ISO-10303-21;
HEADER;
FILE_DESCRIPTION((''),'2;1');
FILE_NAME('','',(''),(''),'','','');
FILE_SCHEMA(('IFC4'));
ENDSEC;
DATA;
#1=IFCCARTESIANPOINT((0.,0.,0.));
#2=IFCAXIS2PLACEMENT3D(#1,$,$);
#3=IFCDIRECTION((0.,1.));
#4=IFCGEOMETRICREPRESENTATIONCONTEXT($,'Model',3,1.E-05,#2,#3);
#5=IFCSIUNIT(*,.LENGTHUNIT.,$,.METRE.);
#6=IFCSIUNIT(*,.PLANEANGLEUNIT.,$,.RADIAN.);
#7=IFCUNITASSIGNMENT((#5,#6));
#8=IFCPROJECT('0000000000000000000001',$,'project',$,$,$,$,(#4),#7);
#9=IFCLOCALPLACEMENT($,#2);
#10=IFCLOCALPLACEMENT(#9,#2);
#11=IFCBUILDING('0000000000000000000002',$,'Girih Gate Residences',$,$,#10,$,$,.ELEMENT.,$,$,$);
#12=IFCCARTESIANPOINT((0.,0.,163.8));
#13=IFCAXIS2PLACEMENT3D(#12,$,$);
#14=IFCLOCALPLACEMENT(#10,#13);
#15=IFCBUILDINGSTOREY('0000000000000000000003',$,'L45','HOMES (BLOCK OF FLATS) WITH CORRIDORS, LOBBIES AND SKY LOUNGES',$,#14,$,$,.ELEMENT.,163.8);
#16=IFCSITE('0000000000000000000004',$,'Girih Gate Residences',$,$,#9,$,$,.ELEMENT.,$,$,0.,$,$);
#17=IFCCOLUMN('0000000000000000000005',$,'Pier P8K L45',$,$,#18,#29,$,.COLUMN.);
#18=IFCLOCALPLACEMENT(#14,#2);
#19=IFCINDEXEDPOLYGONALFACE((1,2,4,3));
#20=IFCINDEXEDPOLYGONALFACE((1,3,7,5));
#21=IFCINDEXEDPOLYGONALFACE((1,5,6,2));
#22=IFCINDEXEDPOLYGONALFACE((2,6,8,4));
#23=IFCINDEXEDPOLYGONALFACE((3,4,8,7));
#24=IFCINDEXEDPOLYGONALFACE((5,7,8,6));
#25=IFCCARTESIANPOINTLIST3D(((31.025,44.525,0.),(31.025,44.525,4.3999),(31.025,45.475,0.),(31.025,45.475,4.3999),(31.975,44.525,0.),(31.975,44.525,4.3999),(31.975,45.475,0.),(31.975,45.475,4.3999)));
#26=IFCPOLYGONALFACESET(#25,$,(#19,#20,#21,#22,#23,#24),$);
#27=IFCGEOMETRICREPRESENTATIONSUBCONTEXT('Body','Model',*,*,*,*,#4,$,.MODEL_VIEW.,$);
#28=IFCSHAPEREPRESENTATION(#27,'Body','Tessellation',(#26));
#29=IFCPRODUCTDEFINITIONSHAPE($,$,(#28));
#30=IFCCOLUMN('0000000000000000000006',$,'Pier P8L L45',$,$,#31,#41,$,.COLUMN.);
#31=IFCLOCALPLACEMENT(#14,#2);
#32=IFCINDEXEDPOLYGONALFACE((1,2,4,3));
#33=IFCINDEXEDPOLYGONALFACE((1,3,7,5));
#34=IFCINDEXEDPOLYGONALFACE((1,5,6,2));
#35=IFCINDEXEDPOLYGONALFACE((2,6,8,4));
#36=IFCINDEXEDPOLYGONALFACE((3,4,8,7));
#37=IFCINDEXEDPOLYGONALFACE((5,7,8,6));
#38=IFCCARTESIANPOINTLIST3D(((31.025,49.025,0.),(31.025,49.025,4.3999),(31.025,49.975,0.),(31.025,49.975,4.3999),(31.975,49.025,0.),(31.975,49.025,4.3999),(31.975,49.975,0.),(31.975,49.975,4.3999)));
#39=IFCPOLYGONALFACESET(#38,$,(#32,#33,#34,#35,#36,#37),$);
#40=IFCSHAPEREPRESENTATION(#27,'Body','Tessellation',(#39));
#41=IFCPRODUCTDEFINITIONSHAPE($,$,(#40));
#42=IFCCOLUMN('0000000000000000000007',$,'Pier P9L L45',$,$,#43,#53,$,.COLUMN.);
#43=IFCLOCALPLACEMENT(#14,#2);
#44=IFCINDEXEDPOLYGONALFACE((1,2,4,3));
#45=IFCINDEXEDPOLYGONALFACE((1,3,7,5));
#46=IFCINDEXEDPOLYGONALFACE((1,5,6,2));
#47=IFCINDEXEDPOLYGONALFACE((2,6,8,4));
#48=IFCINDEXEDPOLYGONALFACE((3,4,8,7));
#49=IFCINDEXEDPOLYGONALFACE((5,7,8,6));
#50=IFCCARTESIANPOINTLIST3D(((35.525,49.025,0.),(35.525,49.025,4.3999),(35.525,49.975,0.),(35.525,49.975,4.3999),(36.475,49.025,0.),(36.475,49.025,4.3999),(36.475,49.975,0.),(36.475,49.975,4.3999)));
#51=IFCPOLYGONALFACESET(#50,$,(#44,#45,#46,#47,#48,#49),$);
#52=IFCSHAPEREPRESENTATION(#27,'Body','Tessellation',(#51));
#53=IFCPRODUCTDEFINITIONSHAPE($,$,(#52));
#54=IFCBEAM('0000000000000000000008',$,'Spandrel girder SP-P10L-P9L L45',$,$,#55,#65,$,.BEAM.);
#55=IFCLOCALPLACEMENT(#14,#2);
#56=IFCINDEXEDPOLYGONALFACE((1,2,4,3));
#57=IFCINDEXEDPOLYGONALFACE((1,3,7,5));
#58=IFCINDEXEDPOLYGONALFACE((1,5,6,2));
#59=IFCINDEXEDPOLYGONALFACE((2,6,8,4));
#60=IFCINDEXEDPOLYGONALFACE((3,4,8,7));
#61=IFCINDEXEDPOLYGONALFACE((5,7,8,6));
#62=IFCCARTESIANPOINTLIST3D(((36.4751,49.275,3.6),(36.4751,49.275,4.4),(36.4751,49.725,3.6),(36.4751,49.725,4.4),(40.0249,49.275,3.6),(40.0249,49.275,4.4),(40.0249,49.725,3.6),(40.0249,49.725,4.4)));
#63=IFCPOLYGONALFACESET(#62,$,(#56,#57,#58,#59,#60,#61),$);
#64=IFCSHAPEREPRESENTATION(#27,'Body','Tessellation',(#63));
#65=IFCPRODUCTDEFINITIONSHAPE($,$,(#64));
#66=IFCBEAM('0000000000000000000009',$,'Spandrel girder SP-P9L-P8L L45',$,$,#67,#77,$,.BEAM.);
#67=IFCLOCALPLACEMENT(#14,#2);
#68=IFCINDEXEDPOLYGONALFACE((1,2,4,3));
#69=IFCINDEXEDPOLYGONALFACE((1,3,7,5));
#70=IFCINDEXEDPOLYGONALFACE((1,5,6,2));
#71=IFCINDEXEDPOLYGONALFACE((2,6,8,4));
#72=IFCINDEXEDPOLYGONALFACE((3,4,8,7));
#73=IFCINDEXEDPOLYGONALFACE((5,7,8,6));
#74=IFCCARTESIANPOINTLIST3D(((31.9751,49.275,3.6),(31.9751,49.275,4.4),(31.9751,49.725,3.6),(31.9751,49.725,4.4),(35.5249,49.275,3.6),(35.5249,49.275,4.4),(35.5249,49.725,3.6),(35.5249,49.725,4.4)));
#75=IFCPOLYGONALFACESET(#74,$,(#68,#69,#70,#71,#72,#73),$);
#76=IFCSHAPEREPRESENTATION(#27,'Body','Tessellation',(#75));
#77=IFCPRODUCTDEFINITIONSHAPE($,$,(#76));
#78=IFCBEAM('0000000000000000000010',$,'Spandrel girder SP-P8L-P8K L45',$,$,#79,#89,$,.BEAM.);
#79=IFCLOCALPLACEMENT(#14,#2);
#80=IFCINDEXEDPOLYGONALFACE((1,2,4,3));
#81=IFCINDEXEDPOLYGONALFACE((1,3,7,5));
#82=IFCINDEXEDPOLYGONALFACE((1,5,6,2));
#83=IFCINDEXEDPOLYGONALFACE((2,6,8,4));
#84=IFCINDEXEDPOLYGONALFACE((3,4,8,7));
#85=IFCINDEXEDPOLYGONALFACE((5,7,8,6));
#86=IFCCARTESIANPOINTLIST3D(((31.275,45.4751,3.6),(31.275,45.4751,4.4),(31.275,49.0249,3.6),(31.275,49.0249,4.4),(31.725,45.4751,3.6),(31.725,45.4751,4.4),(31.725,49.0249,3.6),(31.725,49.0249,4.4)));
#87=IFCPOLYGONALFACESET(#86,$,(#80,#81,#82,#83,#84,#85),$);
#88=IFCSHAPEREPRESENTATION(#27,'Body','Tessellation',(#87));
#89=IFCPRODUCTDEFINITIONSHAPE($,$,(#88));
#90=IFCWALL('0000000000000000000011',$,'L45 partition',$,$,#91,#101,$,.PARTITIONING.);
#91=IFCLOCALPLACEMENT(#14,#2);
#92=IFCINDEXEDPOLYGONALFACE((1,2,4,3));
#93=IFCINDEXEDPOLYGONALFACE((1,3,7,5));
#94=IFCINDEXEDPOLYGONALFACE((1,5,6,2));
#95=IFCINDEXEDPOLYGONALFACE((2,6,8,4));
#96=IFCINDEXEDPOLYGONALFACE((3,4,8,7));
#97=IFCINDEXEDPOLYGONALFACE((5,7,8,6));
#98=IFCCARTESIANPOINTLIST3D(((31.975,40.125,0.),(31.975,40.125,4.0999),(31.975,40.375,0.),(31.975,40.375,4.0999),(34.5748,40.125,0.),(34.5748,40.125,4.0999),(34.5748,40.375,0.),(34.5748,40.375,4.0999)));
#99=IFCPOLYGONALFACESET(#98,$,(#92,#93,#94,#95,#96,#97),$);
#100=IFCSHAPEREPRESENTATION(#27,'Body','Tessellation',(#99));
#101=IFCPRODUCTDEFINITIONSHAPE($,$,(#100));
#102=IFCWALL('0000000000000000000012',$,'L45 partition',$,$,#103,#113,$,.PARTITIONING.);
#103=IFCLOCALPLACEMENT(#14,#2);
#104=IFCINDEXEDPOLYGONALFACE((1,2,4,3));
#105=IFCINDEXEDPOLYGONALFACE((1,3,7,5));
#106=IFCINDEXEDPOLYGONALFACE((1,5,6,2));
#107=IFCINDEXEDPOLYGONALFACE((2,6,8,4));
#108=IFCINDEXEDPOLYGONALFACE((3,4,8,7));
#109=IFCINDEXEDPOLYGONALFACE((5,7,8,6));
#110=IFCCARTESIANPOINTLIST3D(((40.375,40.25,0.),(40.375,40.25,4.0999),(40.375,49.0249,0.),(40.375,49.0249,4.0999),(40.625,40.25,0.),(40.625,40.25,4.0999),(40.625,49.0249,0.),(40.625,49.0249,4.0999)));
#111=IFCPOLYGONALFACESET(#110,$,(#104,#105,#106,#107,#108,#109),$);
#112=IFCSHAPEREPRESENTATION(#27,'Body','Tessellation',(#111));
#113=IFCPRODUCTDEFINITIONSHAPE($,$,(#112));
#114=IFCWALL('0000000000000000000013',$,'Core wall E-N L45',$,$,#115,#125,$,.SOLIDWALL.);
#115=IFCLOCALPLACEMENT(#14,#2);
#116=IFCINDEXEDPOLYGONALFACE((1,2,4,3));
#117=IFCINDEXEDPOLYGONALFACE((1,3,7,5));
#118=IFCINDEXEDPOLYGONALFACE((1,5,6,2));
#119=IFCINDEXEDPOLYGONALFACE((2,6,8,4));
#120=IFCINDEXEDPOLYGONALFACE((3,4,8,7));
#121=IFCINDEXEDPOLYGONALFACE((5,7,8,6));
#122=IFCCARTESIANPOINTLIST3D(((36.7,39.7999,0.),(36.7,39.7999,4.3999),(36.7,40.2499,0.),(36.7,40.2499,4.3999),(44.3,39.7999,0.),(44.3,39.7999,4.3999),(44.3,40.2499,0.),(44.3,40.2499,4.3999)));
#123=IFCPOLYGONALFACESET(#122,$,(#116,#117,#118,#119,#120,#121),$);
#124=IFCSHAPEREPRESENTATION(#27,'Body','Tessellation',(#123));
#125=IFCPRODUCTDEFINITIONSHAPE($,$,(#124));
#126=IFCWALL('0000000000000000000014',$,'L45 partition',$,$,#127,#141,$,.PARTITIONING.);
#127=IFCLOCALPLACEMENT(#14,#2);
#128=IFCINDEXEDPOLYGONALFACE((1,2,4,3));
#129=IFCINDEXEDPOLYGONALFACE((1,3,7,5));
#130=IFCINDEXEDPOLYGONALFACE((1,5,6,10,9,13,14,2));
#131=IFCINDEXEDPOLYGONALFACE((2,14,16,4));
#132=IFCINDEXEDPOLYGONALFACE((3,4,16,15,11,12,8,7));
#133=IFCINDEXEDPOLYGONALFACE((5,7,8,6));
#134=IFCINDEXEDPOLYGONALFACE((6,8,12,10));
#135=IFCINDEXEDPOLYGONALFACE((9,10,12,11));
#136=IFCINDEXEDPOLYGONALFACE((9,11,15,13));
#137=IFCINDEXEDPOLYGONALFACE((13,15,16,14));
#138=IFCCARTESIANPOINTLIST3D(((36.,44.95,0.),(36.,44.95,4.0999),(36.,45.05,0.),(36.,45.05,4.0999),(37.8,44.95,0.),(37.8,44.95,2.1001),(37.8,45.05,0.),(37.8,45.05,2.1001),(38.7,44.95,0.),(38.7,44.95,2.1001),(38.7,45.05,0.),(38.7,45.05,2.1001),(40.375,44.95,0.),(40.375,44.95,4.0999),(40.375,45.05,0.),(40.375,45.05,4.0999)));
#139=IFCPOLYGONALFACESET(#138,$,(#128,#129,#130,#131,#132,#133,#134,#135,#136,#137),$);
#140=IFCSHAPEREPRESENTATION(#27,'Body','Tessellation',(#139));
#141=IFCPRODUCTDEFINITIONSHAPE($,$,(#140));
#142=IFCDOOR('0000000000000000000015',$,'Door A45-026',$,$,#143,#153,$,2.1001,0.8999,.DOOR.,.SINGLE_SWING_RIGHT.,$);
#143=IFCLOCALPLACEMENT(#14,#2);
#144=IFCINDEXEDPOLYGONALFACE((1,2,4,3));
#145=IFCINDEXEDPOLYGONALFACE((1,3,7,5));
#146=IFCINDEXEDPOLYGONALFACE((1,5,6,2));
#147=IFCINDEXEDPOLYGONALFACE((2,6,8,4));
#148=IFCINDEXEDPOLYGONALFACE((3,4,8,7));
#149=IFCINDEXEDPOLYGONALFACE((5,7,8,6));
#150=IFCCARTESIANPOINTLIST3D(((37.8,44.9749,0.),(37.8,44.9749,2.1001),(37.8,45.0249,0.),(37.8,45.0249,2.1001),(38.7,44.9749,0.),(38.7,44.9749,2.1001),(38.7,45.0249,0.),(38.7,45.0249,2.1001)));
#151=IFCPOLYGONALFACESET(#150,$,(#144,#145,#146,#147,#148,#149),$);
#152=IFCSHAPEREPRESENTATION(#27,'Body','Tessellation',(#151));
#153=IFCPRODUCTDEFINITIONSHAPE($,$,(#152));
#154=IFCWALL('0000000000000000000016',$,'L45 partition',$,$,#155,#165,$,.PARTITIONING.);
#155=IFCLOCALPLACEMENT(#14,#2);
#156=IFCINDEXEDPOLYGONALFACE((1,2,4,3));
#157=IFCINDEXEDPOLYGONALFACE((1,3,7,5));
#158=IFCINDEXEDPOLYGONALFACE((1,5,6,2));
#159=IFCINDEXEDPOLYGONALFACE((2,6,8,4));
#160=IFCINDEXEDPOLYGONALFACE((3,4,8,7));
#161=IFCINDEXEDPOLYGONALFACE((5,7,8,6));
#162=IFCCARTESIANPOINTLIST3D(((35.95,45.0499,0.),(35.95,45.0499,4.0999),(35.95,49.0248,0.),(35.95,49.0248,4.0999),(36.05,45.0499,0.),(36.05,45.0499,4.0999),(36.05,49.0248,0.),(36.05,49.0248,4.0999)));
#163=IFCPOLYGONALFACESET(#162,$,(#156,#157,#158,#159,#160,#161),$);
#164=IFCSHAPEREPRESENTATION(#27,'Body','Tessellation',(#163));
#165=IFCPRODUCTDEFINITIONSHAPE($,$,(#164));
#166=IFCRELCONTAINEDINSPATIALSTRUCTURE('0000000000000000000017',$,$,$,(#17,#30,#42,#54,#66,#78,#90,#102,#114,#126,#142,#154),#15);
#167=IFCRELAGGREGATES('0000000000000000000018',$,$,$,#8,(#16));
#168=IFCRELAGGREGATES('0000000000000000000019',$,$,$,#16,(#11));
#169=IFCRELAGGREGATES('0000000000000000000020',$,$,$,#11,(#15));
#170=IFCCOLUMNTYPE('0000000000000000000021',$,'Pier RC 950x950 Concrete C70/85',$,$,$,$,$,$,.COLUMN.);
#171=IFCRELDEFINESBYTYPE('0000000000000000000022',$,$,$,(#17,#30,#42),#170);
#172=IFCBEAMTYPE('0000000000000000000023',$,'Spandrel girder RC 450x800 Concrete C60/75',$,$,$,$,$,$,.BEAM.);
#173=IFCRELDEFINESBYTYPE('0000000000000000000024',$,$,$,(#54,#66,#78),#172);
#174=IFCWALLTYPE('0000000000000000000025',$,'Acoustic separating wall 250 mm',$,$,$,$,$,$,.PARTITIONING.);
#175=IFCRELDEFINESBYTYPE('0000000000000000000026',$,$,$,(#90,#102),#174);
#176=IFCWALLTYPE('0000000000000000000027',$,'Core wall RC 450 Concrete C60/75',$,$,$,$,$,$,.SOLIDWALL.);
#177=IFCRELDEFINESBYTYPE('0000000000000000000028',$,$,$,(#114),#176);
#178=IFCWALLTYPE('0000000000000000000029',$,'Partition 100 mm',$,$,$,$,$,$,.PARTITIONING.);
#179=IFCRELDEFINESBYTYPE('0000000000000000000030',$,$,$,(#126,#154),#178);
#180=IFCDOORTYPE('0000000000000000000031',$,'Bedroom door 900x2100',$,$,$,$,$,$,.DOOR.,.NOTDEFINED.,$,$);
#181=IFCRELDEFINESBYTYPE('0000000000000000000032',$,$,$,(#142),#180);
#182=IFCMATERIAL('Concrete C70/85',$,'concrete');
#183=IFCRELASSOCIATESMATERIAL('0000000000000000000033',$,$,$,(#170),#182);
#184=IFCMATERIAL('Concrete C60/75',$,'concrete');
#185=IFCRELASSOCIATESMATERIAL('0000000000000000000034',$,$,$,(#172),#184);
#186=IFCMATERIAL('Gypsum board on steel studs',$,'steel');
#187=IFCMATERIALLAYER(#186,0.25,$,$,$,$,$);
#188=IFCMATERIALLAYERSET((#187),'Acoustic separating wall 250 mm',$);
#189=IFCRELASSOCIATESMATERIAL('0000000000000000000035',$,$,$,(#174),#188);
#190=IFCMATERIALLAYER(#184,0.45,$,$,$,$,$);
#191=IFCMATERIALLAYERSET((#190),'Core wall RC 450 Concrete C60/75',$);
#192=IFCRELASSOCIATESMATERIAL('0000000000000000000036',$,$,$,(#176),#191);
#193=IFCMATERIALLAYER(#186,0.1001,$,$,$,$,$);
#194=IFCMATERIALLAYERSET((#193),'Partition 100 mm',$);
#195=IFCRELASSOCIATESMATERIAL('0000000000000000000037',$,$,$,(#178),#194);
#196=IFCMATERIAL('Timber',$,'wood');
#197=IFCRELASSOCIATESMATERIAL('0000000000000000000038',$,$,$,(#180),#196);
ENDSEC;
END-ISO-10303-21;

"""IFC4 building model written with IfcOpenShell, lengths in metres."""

from ifc_helpers import new_model, si_unit, direction, frame, frame_2d, origin, origin_2d, place, context, subcontext, project, spatial, rectangle, extrude, material, layer, layer_set, material_profile, profile_set, type_object, element, fill, save


model = new_model("IFC4")

# Units and contexts
model_context = context("Model", 3, precision=1e-05, world=origin(), true_north=direction((0.0, 1.0)))
body_context = subcontext(model_context, "Body", "Model", "MODEL_VIEW")
ifc_project = project(units=[si_unit("LENGTHUNIT", "METRE"), si_unit("PLANEANGLEUNIT", "RADIAN")], contexts=[model_context])

# Site, building, storey
site_placement = place(None, origin())
site = spatial("IfcSite", under=ifc_project, at=site_placement, Name="Girih Gate Residences", CompositionType="ELEMENT", RefElevation=0.0)
building_placement = place(site_placement, origin())
building = spatial("IfcBuilding", under=site, at=building_placement, Name="Girih Gate Residences", CompositionType="ELEMENT")
storey_placement = place(building_placement, frame((0.0, 0.0, 163.8)))
storey = spatial("IfcBuildingStorey", under=building, at=storey_placement, Name="L45", Description="HOMES (BLOCK OF FLATS) WITH CORRIDORS, LOBBIES AND SKY LOUNGES", CompositionType="ELEMENT", Elevation=163.8)

# Columns
ifc_material_1 = material(Name="Concrete C70/85", Category="concrete")
ifc_material_profile_1 = material_profile(ifc_material_1, rectangle(XDim=0.95, YDim=0.95, at=origin_2d()))
ifc_profile_set_1 = profile_set([ifc_material_profile_1], Name="Concrete C70/85")
column_type = type_object("IfcColumnType", Name="Pier RC 950x950 Concrete C70/85", PredefinedType="COLUMN", material=ifc_profile_set_1)
for number, where, z_axis, x_axis, name in (
    (1, (31.5, 45.0, 0.0), (0.0, 0.0, 1.0), (1.0, 0.0, 0.0), "Pier P8K L45"),
    (2, (31.5, 49.5, 0.0), (0.0, 0.0, 1.0), (1.0, 0.0, 0.0), "Pier P8L L45"),
    (3, (36.0, 49.5, 0.0), (0.0, 0.0, 1.0), (1.0, 0.0, 0.0), "Pier P9L L45"),
):
    element("IfcColumn", number, at=place(storey_placement, frame(where, z_axis=z_axis, x_axis=x_axis)), inside=storey, type_object=column_type, Name=name, PredefinedType="COLUMN", context=body_context, shape_type="SweptSolid", body=[
        extrude(rectangle(XDim=0.95, YDim=0.95, at=origin_2d()), origin(), (0.0, 0.0, 1.0), 4.3999),
    ])

# Beams
ifc_material_2 = material(Name="Concrete C60/75", Category="concrete")
ifc_material_profile_2 = material_profile(ifc_material_2, rectangle(XDim=0.45, YDim=0.8, at=origin_2d()))
ifc_profile_set_2 = profile_set([ifc_material_profile_2], Name="Concrete C60/75")
beam_type = type_object("IfcBeamType", Name="Spandrel girder RC 450x800 Concrete C60/75", PredefinedType="BEAM", material=ifc_profile_set_2)
for number, where, z_axis, x_axis, name in (
    (4, (40.0249, 49.5, 4.0), (-1.0, 0.0, 0.0), (0.0, -1.0, 0.0), "Spandrel girder SP-P10L-P9L L45"),
    (5, (35.5249, 49.5, 4.0), (-1.0, 0.0, 0.0), (0.0, -1.0, 0.0), "Spandrel girder SP-P9L-P8L L45"),
    (6, (31.5, 49.0249, 4.0), (0.0, -1.0, 0.0), (1.0, 0.0, 0.0), "Spandrel girder SP-P8L-P8K L45"),
):
    element("IfcBeam", number, at=place(storey_placement, frame(where, z_axis=z_axis, x_axis=x_axis)), inside=storey, type_object=beam_type, Name=name, PredefinedType="BEAM", context=body_context, shape_type="SweptSolid", body=[
        extrude(rectangle(XDim=0.45, YDim=0.8, at=origin_2d()), origin(), (0.0, 0.0, 1.0), 3.5498),
    ])

# Walls
ifc_material_3 = material(Name="Gypsum board on steel studs", Category="steel")
ifc_layer_1 = layer(ifc_material_3, 0.25)
ifc_layer_set_1 = layer_set([ifc_layer_1], Name="Acoustic separating wall 250 mm")
wall_type_1 = type_object("IfcWallType", Name="Acoustic separating wall 250 mm", PredefinedType="PARTITIONING", material=ifc_layer_set_1)
wall_1_placement = place(storey_placement, frame((31.9751, 40.25, 0.0), z_axis=(0.0, 0.0, 1.0), x_axis=(1.0, 0.0, 0.0)))
element("IfcWall", 7, at=wall_1_placement, inside=storey, type_object=wall_type_1, Name="L45 partition", PredefinedType="PARTITIONING", context=body_context, shape_type="SweptSolid", body=[
    extrude(rectangle(XDim=2.5999, YDim=0.25, at=frame_2d((1.2998, 0.0))), origin(), (0.0, 0.0, 1.0), 4.0999),
])
wall_2_placement = place(storey_placement, frame((40.5, 40.25, 0.0), z_axis=(0.0, 0.0, 1.0), x_axis=(0.0, 1.0, 0.0)))
element("IfcWall", 8, at=wall_2_placement, inside=storey, type_object=wall_type_1, Name="L45 partition", PredefinedType="PARTITIONING", context=body_context, shape_type="SweptSolid", body=[
    extrude(rectangle(XDim=8.7749, YDim=0.25, at=frame_2d((4.3875, 0.0))), origin(), (0.0, 0.0, 1.0), 4.0999),
])

# Wall
ifc_layer_2 = layer(ifc_material_2, 0.45)
ifc_layer_set_2 = layer_set([ifc_layer_2], Name="Core wall RC 450 Concrete C60/75")
wall_type_2 = type_object("IfcWallType", Name="Core wall RC 450 Concrete C60/75", PredefinedType="SOLIDWALL", material=ifc_layer_set_2)
wall_3_placement = place(storey_placement, frame((36.7, 40.0249, 0.0), z_axis=(0.0, 0.0, 1.0), x_axis=(1.0, 0.0, 0.0)))
element("IfcWall", 9, at=wall_3_placement, inside=storey, type_object=wall_type_2, Name="Core wall E-N L45", PredefinedType="SOLIDWALL", context=body_context, shape_type="SweptSolid", body=[
    extrude(rectangle(XDim=7.6001, YDim=0.45, at=frame_2d((3.8, 0.0))), origin(), (0.0, 0.0, 1.0), 4.3999),
])

# Wall, opening, door
ifc_layer_3 = layer(ifc_material_3, 0.1001)
ifc_layer_set_3 = layer_set([ifc_layer_3], Name="Partition 100 mm")
wall_type_3 = type_object("IfcWallType", Name="Partition 100 mm", PredefinedType="PARTITIONING", material=ifc_layer_set_3)
wall_4_placement = place(storey_placement, frame((36.0, 45.0, 0.0), z_axis=(0.0, 0.0, 1.0), x_axis=(1.0, 0.0, 0.0)))
wall_4 = element("IfcWall", 10, at=wall_4_placement, inside=storey, type_object=wall_type_3, Name="L45 partition", PredefinedType="PARTITIONING", context=body_context, shape_type="SweptSolid", body=[
    extrude(rectangle(XDim=4.375, YDim=0.1001, at=frame_2d((2.1875, 0.0))), origin(), (0.0, 0.0, 1.0), 4.0999),
])
opening_1_placement = place(wall_4_placement, frame((1.8, 0.0, 0.0)))
opening_1 = element("IfcOpeningElement", 11, at=opening_1_placement, cuts=wall_4, PredefinedType="OPENING", context=body_context, shape_type="SweptSolid", body=[
    extrude(rectangle(XDim=0.8999, YDim=2.1001, at=frame_2d((0.45, 1.05))), frame((0.0, 0.0601, 0.0), z_axis=(0.0, -1.0, 0.0), x_axis=(1.0, 0.0, 0.0)), (0.0, 0.0, 1.0), 0.1201),
])
ifc_material_4 = material(Name="Timber", Category="wood")
door_type_1 = type_object("IfcDoorType", Name="Bedroom door 900x2100", OperationType="NOTDEFINED", PredefinedType="DOOR", material=ifc_material_4)
door_1_placement = place(opening_1_placement, origin())
door_1 = element("IfcDoor", 12, at=door_1_placement, inside=storey, type_object=door_type_1, Name="Door A45-026", OperationType="SINGLE_SWING_RIGHT", OverallHeight=2.1001, OverallWidth=0.8999, PredefinedType="DOOR", context=body_context, shape_type="SweptSolid", body=[
    extrude(rectangle(XDim=0.8999, YDim=2.1001, at=frame_2d((0.45, 1.05))), frame((0.0, 0.0249, 0.0), z_axis=(0.0, -1.0, 0.0), x_axis=(1.0, 0.0, 0.0)), (0.0, 0.0, 1.0), 0.05),
])
fill(opening_1, door_1)

# Wall
wall_5_placement = place(storey_placement, frame((36.0, 45.05, 0.0), z_axis=(0.0, 0.0, 1.0), x_axis=(0.0, 1.0, 0.0)))
element("IfcWall", 13, at=wall_5_placement, inside=storey, type_object=wall_type_3, Name="L45 partition", PredefinedType="PARTITIONING", context=body_context, shape_type="SweptSolid", body=[
    extrude(rectangle(XDim=3.9749, YDim=0.1001, at=frame_2d((1.9873, 0.0))), origin(), (0.0, 0.0, 1.0), 4.0999),
])

save(model, "model.ifc")
